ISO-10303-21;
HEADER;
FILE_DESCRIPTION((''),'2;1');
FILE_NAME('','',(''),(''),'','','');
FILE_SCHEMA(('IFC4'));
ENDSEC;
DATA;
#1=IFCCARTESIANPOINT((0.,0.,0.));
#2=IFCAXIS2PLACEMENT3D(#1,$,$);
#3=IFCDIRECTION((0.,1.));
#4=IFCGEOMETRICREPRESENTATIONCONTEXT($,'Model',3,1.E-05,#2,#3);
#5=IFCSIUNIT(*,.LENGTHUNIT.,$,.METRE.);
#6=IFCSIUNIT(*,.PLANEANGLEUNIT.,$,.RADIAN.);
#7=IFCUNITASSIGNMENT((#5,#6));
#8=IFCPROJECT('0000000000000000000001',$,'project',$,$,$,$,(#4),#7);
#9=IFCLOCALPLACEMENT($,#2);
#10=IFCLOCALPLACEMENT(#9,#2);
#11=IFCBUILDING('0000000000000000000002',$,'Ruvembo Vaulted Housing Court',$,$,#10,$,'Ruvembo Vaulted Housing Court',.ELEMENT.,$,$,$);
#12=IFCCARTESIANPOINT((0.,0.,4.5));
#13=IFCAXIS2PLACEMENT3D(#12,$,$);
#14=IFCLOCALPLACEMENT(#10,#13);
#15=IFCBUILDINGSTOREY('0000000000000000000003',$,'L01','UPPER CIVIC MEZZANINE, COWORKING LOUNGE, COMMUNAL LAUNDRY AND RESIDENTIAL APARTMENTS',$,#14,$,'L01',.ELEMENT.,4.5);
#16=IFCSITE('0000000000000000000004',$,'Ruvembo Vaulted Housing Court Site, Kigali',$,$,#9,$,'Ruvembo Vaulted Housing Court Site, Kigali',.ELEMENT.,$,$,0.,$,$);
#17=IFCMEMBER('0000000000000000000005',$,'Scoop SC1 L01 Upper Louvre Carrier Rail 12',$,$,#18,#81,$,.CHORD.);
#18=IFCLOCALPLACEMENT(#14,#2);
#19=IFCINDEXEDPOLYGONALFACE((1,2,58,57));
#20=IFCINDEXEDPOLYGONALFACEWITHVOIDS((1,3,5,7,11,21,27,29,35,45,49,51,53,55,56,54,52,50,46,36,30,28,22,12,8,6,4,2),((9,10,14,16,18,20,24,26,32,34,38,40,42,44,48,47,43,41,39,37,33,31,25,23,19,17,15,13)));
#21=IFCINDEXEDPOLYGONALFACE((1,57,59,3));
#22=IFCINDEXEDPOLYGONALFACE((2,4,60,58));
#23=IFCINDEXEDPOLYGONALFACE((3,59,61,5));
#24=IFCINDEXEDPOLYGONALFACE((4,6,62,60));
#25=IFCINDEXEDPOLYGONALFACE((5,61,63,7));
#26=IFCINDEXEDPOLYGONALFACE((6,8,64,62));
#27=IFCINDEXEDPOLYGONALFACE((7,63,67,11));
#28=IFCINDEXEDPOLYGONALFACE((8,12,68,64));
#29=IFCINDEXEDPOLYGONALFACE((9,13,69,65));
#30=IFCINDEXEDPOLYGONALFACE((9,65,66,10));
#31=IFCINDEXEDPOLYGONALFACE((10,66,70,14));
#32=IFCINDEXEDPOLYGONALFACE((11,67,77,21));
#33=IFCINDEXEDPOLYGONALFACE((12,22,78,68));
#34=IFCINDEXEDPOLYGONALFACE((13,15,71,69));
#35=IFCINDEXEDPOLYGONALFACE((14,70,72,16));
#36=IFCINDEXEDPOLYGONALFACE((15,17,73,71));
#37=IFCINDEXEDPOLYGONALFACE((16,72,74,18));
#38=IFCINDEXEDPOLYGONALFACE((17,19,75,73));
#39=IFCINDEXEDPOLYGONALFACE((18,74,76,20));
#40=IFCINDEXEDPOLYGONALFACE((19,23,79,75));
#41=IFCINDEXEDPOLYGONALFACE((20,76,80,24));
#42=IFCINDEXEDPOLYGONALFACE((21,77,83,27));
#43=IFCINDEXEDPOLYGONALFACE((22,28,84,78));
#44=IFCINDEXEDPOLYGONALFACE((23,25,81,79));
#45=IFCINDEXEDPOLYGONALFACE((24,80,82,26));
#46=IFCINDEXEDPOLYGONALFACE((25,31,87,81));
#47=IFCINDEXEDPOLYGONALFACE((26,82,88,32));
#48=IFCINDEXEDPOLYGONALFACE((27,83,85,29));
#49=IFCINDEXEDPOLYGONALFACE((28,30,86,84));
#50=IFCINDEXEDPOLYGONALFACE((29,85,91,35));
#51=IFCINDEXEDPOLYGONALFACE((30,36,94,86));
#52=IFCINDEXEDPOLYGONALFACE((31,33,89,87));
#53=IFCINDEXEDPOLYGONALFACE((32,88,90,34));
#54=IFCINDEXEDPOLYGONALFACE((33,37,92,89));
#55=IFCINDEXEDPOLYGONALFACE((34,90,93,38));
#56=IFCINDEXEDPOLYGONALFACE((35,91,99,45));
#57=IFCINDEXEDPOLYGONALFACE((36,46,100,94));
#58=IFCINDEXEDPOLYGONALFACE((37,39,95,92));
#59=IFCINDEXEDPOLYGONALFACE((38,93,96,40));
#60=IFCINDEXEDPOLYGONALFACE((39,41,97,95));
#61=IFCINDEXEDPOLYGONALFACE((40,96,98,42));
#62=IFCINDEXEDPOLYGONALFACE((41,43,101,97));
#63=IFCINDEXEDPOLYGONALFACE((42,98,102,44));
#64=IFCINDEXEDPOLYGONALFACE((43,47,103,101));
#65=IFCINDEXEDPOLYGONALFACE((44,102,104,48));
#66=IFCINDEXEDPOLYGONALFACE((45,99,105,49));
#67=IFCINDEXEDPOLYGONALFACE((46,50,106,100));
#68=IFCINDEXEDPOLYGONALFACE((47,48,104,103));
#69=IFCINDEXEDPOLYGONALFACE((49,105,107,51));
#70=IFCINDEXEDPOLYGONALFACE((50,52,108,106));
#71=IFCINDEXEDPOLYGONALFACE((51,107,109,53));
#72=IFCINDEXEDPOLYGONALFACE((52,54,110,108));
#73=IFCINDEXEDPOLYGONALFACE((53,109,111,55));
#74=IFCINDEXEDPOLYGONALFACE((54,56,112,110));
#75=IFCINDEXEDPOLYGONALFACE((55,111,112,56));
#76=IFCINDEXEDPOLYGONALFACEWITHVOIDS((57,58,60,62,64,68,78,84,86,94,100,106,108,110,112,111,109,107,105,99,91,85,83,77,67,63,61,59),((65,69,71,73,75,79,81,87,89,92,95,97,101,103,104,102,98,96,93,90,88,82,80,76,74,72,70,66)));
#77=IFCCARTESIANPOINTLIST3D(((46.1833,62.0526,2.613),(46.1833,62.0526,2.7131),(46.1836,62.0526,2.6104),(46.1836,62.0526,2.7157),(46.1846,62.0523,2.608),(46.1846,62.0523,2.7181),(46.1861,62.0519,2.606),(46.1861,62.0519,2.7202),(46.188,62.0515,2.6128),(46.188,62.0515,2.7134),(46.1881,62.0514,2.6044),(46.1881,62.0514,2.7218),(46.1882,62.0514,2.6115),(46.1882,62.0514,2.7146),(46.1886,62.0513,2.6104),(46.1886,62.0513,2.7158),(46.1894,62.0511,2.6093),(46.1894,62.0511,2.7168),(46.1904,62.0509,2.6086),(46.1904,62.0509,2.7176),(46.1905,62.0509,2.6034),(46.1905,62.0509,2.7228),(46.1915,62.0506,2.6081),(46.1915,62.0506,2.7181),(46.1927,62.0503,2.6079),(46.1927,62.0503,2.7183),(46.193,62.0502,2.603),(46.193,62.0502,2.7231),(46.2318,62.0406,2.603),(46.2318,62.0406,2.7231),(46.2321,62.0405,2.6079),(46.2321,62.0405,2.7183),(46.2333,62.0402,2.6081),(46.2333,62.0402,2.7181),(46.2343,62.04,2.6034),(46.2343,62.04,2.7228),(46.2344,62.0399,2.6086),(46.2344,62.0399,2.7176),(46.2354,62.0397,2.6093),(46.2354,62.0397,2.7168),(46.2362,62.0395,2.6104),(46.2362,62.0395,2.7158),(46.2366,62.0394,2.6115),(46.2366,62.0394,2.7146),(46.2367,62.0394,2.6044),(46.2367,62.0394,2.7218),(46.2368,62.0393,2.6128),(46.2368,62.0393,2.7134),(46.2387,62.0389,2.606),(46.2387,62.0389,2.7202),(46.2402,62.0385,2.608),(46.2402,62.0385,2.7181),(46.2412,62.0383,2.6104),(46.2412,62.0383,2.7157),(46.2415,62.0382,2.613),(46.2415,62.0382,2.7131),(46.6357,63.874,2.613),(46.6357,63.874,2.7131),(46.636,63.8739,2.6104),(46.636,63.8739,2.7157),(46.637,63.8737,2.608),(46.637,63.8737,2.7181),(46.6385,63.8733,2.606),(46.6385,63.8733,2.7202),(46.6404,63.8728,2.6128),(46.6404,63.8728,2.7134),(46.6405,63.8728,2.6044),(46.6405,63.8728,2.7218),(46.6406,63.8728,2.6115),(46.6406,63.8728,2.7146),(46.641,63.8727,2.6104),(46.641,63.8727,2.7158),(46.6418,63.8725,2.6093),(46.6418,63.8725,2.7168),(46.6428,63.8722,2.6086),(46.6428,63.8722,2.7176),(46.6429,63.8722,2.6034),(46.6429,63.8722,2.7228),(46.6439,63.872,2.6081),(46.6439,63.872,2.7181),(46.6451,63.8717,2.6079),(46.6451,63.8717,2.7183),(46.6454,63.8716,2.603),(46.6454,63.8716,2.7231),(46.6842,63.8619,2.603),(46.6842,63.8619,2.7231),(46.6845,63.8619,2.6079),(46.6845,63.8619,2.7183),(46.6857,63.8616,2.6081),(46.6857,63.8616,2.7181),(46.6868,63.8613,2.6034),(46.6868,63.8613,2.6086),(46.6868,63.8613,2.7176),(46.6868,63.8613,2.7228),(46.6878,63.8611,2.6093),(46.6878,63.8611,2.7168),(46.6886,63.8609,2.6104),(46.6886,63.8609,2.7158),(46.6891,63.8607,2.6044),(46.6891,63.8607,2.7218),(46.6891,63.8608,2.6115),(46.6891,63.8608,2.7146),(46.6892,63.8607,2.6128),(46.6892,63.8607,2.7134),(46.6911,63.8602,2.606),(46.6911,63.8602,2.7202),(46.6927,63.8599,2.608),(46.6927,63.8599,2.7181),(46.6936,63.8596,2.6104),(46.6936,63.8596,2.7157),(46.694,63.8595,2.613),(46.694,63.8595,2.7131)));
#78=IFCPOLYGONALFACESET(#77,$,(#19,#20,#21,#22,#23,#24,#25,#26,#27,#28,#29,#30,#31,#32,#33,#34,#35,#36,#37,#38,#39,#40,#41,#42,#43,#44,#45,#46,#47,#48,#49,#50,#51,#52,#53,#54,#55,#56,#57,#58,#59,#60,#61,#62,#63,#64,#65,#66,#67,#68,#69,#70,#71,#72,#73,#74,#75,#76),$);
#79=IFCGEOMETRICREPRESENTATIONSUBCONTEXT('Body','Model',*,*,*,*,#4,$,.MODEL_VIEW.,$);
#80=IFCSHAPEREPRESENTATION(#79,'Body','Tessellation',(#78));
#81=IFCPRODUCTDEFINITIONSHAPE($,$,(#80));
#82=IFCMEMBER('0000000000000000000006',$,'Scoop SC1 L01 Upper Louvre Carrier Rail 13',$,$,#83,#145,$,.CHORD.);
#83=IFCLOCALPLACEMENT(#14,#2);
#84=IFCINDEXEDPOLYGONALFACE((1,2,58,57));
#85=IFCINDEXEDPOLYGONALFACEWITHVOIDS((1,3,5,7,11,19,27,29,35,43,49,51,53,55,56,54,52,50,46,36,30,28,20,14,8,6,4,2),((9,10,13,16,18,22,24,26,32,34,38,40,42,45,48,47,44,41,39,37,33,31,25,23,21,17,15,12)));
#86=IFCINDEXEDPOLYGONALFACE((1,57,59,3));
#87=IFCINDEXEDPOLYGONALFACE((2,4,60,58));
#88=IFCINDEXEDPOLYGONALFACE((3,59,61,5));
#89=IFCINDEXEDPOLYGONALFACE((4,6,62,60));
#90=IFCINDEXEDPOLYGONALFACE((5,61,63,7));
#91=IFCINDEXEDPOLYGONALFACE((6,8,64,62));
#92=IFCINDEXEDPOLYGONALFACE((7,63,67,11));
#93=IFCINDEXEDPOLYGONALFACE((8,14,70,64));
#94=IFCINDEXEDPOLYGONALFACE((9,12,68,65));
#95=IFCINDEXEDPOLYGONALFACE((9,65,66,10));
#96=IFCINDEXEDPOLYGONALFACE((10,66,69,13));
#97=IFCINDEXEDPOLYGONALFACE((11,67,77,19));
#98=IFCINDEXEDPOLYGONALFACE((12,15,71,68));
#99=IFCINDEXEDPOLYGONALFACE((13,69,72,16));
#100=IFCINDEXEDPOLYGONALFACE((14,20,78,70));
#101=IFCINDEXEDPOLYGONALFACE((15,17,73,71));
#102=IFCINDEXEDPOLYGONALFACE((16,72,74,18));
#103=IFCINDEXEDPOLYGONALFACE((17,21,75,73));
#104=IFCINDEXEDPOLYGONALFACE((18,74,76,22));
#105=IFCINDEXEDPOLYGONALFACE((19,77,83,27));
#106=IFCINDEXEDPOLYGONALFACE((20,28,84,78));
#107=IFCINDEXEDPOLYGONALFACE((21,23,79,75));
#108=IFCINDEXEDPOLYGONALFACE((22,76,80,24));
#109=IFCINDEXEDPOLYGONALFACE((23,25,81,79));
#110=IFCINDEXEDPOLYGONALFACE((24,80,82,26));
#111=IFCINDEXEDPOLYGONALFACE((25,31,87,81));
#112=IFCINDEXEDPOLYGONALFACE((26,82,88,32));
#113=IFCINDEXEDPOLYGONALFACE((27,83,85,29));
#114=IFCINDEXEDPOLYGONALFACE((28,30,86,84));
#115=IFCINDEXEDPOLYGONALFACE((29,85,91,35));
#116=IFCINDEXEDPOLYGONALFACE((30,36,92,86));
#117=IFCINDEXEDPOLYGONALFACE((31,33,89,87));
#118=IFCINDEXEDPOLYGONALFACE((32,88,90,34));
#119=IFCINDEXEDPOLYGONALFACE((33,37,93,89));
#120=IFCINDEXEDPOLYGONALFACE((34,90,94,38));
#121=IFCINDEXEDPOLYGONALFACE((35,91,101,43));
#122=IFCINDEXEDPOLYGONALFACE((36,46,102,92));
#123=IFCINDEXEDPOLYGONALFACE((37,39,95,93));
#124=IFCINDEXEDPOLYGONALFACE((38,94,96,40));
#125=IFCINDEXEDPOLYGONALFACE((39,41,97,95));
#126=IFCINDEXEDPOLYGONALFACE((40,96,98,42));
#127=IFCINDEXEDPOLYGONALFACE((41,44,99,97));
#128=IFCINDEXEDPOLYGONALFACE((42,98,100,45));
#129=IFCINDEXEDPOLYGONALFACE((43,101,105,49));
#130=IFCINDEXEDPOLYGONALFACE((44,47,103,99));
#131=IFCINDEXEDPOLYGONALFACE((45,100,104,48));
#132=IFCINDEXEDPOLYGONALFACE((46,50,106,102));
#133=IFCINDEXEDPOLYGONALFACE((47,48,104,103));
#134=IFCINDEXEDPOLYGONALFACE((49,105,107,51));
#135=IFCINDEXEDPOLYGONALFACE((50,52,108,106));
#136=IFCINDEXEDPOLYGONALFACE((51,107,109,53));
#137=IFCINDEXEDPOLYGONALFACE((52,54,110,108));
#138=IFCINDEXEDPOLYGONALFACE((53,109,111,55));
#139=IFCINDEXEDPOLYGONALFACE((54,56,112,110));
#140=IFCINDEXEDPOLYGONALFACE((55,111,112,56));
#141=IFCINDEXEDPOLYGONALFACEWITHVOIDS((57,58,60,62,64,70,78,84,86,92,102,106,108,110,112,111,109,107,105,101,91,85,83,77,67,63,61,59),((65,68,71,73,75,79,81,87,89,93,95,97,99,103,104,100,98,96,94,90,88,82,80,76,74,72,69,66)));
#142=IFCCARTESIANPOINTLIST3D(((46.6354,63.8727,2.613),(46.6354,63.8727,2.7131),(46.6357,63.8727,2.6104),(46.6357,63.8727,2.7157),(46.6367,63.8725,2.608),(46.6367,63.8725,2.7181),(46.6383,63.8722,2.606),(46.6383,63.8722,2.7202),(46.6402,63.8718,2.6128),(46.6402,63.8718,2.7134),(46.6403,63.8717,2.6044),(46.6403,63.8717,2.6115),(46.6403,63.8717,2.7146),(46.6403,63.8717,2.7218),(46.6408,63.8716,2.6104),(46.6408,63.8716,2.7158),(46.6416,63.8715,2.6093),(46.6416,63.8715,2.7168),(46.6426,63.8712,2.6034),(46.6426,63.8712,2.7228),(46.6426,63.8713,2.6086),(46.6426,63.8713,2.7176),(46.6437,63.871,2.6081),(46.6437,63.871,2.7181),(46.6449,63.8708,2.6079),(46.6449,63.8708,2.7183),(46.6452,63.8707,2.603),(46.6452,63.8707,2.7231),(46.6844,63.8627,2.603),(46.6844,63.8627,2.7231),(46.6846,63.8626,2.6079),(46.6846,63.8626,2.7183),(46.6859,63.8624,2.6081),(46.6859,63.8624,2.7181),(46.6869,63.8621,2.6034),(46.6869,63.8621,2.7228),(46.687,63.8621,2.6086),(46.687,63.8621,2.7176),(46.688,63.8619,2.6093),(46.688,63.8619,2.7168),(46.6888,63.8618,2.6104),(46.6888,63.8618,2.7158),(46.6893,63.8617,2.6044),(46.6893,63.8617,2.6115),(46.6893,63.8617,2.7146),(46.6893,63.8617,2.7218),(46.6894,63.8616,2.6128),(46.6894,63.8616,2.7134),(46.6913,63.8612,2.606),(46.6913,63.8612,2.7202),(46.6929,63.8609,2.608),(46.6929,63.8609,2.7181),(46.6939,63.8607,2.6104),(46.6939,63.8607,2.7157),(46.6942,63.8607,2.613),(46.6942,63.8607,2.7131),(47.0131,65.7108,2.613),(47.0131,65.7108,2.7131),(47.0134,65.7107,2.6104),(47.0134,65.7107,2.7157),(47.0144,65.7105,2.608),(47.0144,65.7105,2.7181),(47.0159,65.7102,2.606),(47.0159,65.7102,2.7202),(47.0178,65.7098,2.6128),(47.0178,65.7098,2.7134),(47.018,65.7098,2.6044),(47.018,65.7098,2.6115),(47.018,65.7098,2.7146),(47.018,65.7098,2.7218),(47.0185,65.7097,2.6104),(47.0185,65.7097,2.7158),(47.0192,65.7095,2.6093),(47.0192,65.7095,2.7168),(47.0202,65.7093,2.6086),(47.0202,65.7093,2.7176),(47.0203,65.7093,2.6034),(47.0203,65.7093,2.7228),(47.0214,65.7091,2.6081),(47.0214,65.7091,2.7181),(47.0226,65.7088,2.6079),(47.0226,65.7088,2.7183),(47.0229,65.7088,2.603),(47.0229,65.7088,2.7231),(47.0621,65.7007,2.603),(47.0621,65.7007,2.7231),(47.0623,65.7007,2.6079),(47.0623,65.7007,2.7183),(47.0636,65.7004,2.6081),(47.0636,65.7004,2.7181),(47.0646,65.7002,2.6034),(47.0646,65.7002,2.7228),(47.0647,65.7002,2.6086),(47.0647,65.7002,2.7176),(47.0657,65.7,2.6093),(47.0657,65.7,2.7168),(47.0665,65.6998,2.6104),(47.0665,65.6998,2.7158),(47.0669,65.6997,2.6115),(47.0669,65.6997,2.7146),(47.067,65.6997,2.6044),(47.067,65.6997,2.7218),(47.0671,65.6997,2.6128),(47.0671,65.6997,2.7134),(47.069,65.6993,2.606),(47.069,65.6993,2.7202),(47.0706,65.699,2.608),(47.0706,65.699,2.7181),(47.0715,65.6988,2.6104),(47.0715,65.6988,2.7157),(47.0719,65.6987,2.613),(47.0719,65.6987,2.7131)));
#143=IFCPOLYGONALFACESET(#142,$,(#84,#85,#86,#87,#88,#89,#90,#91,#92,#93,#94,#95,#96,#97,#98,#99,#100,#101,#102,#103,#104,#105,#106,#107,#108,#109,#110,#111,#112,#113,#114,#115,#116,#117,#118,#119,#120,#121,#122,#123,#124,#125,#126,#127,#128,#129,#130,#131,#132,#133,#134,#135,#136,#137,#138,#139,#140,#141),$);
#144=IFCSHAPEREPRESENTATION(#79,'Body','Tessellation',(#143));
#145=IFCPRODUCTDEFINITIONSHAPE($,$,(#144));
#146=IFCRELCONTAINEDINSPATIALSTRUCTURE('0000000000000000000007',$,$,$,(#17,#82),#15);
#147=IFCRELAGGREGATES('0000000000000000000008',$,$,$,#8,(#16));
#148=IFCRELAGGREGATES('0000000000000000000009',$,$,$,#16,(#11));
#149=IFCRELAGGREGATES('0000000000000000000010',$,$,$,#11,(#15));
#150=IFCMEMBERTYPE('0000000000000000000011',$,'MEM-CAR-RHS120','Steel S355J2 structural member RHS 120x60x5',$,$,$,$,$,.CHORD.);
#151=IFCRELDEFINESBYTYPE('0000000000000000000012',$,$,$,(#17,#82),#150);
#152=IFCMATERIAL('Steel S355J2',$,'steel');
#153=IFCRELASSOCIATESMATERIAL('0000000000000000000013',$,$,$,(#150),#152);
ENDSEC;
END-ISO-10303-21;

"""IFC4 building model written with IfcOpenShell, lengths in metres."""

from ifc_helpers import new_model, si_unit, direction, frame, origin, origin_2d, place, context, subcontext, project, spatial, hollow_rectangle, extrude, material, material_profile, profile_set, type_object, element, save


model = new_model("IFC4")

# Units and contexts
model_context = context("Model", 3, precision=1e-05, world=origin(), true_north=direction((0.0, 1.0)))
body_context = subcontext(model_context, "Body", "Model", "MODEL_VIEW")
ifc_project = project(units=[si_unit("LENGTHUNIT", "METRE"), si_unit("PLANEANGLEUNIT", "RADIAN")], contexts=[model_context])

# Site, building, storey
site_placement = place(None, origin())
site = spatial("IfcSite", under=ifc_project, at=site_placement, Name="Ruvembo Vaulted Housing Court Site, Kigali", LongName="Ruvembo Vaulted Housing Court Site, Kigali", CompositionType="ELEMENT", RefElevation=0.0)
building_placement = place(site_placement, origin())
building = spatial("IfcBuilding", under=site, at=building_placement, Name="Ruvembo Vaulted Housing Court", LongName="Ruvembo Vaulted Housing Court", CompositionType="ELEMENT")
storey_placement = place(building_placement, frame((0.0, 0.0, 4.5)))
storey = spatial("IfcBuildingStorey", under=building, at=storey_placement, Name="L01", Description="UPPER CIVIC MEZZANINE, COWORKING LOUNGE, COMMUNAL LAUNDRY AND RESIDENTIAL APARTMENTS", LongName="L01", CompositionType="ELEMENT", Elevation=4.5)

# Shared definitions
ifc_material_1 = material(Name="Steel S355J2", Category="steel")

# Members
ifc_material_profile_1 = material_profile(ifc_material_1, hollow_rectangle(XDim=0.0601, YDim=0.1201, WallThickness=0.0049, InnerFilletRadius=0.0049, OuterFilletRadius=0.01, at=origin_2d()), Name="RHS 120x60x5")
ifc_profile_set_1 = profile_set([ifc_material_profile_1], Name="Steel S355J2")
member_type_1 = type_object("IfcMemberType", Name="MEM-CAR-RHS120", Description="Steel S355J2 structural member RHS 120x60x5", PredefinedType="CHORD", material=ifc_profile_set_1)
member_1_placement = place(storey_placement, frame((46.2124, 62.0454, 2.6631), z_axis=(0.241066, 0.970509, 0.0), x_axis=(-0.970509, 0.241066, 0.0)))
element("IfcMember", 1, at=member_1_placement, inside=storey, type_object=member_type_1, Name="Scoop SC1 L01 Upper Louvre Carrier Rail 12", PredefinedType="CHORD", context=body_context, shape_type="SweptSolid", body=[
    extrude(hollow_rectangle(XDim=0.0601, YDim=0.1201, WallThickness=0.0049, InnerFilletRadius=0.0049, OuterFilletRadius=0.01, at=origin_2d()), origin(), (0.0, 0.0, 1.0), 1.8767),
])
member_2_placement = place(storey_placement, frame((46.6648, 63.8667, 2.6631), z_axis=(0.201267, 0.979536, 0.0), x_axis=(-0.979536, 0.201267, 0.0)))
element("IfcMember", 2, at=member_2_placement, inside=storey, type_object=member_type_1, Name="Scoop SC1 L01 Upper Louvre Carrier Rail 13", PredefinedType="CHORD", context=body_context, shape_type="SweptSolid", body=[
    extrude(hollow_rectangle(XDim=0.0601, YDim=0.1201, WallThickness=0.0049, InnerFilletRadius=0.0049, OuterFilletRadius=0.01, at=origin_2d()), origin(), (0.0, 0.0, 1.0), 1.8765),
])

save(model, "model.ifc")
